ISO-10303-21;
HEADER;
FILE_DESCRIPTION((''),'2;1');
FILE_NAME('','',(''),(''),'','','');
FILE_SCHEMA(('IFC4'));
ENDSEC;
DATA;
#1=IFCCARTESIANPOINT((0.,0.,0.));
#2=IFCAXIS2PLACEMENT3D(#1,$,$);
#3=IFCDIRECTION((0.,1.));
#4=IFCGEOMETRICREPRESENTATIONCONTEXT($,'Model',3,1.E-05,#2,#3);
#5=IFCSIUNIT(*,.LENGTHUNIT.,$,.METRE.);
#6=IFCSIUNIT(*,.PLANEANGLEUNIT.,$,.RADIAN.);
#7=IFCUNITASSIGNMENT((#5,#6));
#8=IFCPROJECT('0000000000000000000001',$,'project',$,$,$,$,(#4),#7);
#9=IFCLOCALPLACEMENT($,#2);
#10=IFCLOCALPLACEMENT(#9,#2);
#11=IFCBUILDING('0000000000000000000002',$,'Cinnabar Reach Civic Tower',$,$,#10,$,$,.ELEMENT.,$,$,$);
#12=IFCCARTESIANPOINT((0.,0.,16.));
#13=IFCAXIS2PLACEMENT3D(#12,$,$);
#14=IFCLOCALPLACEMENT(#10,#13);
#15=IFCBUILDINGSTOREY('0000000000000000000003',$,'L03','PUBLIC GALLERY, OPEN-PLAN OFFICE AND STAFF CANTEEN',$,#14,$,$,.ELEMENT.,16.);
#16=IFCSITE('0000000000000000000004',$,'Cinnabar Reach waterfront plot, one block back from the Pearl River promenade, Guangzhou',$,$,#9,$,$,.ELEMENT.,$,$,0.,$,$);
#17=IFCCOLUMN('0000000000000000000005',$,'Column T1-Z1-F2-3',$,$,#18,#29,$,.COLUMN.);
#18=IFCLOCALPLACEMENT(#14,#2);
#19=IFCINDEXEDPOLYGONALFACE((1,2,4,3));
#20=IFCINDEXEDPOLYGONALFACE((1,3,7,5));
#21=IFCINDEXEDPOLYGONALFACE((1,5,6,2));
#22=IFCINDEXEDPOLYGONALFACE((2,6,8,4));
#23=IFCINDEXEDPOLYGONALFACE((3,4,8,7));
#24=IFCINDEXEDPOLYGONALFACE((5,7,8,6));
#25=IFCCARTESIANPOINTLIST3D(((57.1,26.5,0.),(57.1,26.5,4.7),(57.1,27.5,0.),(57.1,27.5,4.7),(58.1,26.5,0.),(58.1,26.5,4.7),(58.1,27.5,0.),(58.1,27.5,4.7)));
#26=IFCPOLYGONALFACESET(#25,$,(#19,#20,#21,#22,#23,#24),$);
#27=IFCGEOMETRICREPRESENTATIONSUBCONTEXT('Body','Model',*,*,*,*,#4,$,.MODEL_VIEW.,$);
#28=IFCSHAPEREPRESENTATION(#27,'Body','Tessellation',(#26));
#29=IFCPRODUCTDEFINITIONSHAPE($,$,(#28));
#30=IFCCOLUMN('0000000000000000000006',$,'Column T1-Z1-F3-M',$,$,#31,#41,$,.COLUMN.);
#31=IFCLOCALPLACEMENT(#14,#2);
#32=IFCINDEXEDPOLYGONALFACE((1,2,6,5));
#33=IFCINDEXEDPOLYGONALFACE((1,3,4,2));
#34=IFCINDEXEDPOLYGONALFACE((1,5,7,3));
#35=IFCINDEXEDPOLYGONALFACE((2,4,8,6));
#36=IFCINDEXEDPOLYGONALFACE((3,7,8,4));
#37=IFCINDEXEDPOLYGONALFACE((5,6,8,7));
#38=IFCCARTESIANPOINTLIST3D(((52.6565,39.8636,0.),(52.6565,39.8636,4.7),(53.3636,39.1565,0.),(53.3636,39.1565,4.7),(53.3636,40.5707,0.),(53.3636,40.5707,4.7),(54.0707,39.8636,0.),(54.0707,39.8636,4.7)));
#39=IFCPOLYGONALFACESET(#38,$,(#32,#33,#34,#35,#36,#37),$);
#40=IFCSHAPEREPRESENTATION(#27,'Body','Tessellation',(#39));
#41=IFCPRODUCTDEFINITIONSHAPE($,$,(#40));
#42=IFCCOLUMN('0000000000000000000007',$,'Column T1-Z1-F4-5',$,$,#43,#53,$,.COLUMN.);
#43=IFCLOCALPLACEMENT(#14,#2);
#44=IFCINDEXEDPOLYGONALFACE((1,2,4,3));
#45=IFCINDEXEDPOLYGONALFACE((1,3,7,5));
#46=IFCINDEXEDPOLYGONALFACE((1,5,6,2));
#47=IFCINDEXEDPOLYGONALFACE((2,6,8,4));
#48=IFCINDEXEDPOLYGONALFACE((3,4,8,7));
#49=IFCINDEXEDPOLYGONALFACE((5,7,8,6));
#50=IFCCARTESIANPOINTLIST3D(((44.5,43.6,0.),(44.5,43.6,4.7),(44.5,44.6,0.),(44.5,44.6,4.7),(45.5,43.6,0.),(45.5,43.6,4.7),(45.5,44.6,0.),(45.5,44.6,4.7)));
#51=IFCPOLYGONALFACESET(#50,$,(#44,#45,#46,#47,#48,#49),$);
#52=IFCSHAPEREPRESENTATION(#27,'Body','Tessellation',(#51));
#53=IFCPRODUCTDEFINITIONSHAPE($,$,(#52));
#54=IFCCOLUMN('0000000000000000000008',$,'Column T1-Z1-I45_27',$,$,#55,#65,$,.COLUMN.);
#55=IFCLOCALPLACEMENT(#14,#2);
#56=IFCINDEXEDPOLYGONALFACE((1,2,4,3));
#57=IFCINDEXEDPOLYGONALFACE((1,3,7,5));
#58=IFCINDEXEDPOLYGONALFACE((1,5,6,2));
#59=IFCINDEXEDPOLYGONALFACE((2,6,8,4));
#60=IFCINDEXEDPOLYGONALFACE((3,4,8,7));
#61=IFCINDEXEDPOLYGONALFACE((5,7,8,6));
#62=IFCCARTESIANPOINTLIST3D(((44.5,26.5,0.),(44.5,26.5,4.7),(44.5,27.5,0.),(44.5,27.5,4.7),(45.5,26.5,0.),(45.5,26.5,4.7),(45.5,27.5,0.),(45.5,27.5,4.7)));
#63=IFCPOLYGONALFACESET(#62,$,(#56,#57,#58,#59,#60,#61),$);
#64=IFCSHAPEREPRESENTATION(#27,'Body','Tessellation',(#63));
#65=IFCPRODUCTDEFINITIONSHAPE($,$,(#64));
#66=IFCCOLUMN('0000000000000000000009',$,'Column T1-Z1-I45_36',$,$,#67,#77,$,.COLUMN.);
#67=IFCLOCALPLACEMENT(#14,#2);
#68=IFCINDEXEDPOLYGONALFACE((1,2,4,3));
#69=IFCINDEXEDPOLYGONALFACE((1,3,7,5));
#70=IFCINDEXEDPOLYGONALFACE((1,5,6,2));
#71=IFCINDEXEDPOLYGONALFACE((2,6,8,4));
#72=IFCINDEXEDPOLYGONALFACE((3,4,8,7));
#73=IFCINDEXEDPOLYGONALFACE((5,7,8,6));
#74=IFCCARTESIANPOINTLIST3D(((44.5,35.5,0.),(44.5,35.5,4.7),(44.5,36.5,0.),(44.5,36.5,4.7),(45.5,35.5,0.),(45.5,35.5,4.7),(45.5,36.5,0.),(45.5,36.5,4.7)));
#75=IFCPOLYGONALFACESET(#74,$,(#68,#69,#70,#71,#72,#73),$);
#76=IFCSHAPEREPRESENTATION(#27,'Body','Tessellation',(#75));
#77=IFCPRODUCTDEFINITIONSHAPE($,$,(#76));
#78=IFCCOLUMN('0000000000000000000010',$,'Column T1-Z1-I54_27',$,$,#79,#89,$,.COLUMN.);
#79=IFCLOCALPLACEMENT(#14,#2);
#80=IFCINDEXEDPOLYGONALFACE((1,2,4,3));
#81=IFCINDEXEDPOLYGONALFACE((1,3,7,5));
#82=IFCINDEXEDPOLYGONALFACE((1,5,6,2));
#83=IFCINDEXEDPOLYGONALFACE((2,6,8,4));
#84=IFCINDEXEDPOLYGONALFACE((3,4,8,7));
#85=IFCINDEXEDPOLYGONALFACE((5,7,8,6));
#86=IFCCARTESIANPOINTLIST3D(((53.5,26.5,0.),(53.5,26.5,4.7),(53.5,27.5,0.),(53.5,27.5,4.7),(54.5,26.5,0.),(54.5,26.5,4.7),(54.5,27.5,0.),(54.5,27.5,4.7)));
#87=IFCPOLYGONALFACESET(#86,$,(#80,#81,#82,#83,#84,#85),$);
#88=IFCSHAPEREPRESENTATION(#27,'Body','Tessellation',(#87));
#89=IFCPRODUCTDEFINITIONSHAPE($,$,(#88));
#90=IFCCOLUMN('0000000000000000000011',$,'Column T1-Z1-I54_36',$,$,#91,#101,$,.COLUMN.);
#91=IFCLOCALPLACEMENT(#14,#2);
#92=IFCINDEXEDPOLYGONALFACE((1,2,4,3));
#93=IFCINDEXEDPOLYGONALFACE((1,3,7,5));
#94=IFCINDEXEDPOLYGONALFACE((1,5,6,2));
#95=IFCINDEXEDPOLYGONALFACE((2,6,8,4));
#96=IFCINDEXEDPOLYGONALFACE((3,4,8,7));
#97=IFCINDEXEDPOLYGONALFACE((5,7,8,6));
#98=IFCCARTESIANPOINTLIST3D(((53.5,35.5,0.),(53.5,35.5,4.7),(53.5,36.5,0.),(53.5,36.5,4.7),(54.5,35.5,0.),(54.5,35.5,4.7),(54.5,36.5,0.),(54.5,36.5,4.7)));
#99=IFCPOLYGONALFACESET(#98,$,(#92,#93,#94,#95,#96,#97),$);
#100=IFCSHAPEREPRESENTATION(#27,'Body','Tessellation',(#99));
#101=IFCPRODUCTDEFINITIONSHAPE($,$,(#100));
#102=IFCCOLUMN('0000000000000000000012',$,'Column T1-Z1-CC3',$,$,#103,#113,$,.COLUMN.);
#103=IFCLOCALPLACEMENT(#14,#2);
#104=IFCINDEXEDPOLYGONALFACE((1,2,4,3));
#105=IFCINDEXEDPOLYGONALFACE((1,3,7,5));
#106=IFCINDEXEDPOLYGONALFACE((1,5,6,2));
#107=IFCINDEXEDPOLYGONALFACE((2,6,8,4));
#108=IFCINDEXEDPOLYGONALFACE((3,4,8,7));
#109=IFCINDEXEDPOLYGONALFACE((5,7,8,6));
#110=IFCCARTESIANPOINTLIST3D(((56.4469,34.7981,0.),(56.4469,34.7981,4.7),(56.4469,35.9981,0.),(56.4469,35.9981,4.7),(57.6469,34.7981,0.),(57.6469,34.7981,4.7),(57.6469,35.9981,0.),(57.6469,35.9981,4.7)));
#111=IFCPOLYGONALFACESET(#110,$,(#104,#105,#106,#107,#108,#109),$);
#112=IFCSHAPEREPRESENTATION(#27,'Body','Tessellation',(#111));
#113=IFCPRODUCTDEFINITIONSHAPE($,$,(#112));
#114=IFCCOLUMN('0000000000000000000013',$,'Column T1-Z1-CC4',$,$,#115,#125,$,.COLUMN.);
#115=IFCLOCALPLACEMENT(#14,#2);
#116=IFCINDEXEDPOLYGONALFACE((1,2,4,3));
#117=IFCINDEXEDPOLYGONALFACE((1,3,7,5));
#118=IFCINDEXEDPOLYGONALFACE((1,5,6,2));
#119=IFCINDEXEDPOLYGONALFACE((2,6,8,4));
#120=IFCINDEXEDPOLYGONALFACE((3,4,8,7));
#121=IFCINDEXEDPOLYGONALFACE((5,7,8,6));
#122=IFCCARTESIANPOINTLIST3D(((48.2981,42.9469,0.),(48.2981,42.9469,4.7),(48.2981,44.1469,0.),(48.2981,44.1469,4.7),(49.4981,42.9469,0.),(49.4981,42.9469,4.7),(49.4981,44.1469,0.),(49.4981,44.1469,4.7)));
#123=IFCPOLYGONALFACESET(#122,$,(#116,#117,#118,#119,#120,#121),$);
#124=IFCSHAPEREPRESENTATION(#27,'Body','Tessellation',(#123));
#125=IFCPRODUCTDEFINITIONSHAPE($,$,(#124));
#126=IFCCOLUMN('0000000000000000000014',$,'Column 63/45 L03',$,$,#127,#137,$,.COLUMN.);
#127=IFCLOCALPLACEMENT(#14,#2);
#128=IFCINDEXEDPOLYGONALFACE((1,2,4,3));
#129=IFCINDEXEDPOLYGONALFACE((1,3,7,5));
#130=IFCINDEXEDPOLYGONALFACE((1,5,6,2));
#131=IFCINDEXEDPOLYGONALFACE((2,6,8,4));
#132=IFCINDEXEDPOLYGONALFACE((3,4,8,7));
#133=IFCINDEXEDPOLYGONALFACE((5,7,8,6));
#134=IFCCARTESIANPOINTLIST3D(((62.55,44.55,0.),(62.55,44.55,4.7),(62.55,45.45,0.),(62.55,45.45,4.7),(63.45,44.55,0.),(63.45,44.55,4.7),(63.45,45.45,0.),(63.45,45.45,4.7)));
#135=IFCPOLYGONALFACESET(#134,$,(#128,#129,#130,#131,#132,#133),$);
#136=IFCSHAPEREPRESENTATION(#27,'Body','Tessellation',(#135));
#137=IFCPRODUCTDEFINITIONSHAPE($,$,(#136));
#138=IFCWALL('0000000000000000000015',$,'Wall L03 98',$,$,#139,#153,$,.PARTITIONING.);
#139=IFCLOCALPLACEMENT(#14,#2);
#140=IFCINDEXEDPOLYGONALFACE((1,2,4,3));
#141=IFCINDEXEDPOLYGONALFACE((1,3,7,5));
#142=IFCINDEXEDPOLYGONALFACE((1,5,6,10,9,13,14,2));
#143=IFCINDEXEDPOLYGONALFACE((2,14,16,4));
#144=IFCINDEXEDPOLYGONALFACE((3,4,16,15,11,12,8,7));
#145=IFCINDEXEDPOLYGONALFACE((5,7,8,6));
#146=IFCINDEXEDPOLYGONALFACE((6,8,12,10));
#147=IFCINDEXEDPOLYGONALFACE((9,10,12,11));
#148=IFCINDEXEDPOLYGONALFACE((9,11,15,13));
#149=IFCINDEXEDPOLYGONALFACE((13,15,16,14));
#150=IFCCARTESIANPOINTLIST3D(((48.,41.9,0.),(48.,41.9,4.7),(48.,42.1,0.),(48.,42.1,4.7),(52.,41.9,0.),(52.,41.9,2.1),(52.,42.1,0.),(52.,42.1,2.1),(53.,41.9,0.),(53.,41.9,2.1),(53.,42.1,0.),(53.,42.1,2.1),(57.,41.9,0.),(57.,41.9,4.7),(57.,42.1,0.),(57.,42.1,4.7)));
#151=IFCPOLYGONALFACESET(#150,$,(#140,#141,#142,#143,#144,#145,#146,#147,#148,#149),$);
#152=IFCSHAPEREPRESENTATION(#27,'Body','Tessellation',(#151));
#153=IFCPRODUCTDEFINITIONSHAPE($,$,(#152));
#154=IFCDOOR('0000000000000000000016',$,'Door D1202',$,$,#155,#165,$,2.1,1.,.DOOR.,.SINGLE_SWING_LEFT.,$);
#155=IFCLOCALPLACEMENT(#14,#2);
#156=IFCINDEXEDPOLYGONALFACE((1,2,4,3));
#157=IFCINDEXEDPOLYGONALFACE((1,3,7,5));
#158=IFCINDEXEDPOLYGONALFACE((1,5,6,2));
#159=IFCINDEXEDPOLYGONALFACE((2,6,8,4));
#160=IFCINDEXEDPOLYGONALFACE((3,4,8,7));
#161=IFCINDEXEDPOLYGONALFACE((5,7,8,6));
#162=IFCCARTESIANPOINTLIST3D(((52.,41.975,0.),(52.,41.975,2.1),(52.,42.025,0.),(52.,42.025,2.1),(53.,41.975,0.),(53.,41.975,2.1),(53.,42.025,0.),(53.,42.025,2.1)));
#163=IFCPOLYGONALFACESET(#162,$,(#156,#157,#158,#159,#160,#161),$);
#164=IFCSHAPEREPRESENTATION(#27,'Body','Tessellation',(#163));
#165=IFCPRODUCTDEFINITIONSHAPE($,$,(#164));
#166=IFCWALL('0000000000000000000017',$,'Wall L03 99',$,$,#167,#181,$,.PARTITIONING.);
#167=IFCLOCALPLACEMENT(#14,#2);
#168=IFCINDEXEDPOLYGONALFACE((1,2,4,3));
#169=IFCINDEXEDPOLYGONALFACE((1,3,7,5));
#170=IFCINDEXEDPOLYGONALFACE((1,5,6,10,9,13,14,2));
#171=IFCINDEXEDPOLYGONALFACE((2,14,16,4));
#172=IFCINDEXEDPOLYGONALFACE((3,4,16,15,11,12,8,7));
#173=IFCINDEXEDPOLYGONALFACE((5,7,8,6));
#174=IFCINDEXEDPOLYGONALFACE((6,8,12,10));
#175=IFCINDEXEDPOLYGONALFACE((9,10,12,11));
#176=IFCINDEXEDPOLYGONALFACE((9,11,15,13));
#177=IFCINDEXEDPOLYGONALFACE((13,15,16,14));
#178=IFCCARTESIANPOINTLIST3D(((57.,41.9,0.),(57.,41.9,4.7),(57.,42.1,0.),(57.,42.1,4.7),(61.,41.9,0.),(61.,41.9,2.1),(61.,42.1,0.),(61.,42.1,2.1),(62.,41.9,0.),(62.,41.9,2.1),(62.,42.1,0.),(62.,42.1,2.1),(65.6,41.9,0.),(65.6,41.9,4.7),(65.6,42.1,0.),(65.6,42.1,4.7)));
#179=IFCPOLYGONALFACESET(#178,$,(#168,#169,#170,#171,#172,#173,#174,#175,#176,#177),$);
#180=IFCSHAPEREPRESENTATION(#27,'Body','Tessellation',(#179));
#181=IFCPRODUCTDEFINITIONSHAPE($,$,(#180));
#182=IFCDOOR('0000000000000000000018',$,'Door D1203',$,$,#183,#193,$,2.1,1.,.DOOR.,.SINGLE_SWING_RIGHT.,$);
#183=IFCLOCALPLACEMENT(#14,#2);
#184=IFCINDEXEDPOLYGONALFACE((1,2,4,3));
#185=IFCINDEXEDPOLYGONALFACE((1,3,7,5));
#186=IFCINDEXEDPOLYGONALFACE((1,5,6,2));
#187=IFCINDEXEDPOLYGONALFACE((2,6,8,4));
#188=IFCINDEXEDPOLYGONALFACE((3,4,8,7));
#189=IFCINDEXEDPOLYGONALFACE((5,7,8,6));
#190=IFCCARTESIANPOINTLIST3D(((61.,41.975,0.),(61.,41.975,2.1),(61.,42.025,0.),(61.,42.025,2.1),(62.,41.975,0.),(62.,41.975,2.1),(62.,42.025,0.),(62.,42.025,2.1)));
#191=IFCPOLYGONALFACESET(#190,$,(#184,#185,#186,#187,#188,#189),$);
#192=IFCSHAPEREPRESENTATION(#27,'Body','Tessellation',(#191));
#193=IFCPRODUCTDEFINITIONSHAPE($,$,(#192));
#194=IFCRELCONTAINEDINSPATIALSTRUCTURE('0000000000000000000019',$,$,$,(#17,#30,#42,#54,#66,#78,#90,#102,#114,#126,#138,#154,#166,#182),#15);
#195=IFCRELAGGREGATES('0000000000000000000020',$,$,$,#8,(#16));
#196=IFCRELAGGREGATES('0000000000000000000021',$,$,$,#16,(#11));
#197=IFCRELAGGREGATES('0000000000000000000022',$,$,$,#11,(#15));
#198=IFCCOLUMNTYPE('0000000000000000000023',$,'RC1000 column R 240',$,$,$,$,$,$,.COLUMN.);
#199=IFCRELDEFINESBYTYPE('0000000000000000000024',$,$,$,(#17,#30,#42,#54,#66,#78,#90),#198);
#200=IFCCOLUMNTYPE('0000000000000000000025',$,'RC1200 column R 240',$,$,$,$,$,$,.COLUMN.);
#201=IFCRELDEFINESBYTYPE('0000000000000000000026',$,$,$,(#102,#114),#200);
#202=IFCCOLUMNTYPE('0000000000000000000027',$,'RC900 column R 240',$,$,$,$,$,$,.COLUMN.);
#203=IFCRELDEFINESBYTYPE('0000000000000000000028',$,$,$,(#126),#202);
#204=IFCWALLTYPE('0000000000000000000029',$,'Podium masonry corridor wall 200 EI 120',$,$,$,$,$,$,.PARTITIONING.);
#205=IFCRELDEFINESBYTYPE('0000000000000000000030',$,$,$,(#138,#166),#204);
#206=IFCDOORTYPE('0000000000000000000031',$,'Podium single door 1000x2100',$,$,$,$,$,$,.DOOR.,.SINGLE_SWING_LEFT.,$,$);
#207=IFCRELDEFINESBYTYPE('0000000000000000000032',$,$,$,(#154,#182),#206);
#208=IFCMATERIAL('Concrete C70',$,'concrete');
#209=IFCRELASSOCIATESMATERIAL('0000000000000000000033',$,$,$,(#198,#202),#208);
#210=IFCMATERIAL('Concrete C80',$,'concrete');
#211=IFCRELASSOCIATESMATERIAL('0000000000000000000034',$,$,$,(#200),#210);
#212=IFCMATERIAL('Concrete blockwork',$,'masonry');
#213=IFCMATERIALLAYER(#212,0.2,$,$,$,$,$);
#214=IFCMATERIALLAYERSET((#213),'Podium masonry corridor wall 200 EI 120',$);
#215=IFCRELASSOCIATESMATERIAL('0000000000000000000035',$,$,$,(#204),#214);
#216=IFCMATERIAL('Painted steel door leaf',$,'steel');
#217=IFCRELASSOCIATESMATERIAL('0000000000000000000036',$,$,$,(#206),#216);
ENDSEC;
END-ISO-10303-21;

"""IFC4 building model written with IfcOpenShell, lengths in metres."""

from ifc_helpers import new_model, si_unit, direction, frame, frame_2d, origin, origin_2d, place, context, subcontext, project, spatial, rectangle, extrude, material, layer, layer_set, material_profile, profile_set, type_object, element, fill, save


model = new_model("IFC4")

# Units and contexts
model_context = context("Model", 3, precision=1e-05, world=origin(), true_north=direction((0.0, 1.0)))
body_context = subcontext(model_context, "Body", "Model", "MODEL_VIEW")
ifc_project = project(units=[si_unit("LENGTHUNIT", "METRE"), si_unit("PLANEANGLEUNIT", "RADIAN")], contexts=[model_context])

# Site, building, storey
site_placement = place(None, origin())
site = spatial("IfcSite", under=ifc_project, at=site_placement, Name="Cinnabar Reach waterfront plot, one block back from the Pearl River promenade, Guangzhou", CompositionType="ELEMENT", RefElevation=0.0)
building_placement = place(site_placement, origin())
building = spatial("IfcBuilding", under=site, at=building_placement, Name="Cinnabar Reach Civic Tower", CompositionType="ELEMENT")
storey_placement = place(building_placement, frame((0.0, 0.0, 16.0)))
storey = spatial("IfcBuildingStorey", under=building, at=storey_placement, Name="L03", Description="PUBLIC GALLERY, OPEN-PLAN OFFICE AND STAFF CANTEEN", CompositionType="ELEMENT", Elevation=16.0)

# Columns
ifc_material_1 = material(Name="Concrete C70", Category="concrete")
ifc_material_profile_1 = material_profile(ifc_material_1, rectangle(XDim=1.0, YDim=1.0, at=origin_2d()), Name="RC1000")
ifc_profile_set_1 = profile_set([ifc_material_profile_1], Name="Concrete C70")
column_type_1 = type_object("IfcColumnType", Name="RC1000 column R 240", PredefinedType="COLUMN", material=ifc_profile_set_1)
for number, where, z_axis, x_axis, name in (
    (1, (57.6, 27.0, 0.0), (0.0, 0.0, 1.0), (1.0, 0.0, 0.0), "Column T1-Z1-F2-3"),
    (2, (53.3636, 39.8636, 0.0), (0.0, 0.0, 1.0), (0.707107, 0.707107, 0.0), "Column T1-Z1-F3-M"),
    (3, (45.0, 44.1, 0.0), (0.0, 0.0, 1.0), (1.0, 0.0, 0.0), "Column T1-Z1-F4-5"),
    (4, (45.0, 27.0, 0.0), (0.0, 0.0, 1.0), (1.0, 0.0, 0.0), "Column T1-Z1-I45_27"),
    (5, (45.0, 36.0, 0.0), (0.0, 0.0, 1.0), (1.0, 0.0, 0.0), "Column T1-Z1-I45_36"),
    (6, (54.0, 27.0, 0.0), (0.0, 0.0, 1.0), (1.0, 0.0, 0.0), "Column T1-Z1-I54_27"),
    (7, (54.0, 36.0, 0.0), (0.0, 0.0, 1.0), (1.0, 0.0, 0.0), "Column T1-Z1-I54_36"),
):
    element("IfcColumn", number, at=place(storey_placement, frame(where, z_axis=z_axis, x_axis=x_axis)), inside=storey, type_object=column_type_1, Name=name, PredefinedType="COLUMN", context=body_context, shape_type="SweptSolid", body=[
        extrude(rectangle(XDim=1.0, YDim=1.0, at=origin_2d()), origin(), (0.0, 0.0, 1.0), 4.7),
    ])
ifc_material_2 = material(Name="Concrete C80", Category="concrete")
ifc_material_profile_2 = material_profile(ifc_material_2, rectangle(XDim=1.2, YDim=1.2, at=origin_2d()), Name="RC1200")
ifc_profile_set_2 = profile_set([ifc_material_profile_2], Name="Concrete C80")
column_type_2 = type_object("IfcColumnType", Name="RC1200 column R 240", PredefinedType="COLUMN", material=ifc_profile_set_2)
for number, where, z_axis, x_axis, name in (
    (8, (57.0469, 35.3981, 0.0), (0.0, 0.0, 1.0), (1.0, 0.0, 0.0), "Column T1-Z1-CC3"),
    (9, (48.8981, 43.5469, 0.0), (0.0, 0.0, 1.0), (1.0, 0.0, 0.0), "Column T1-Z1-CC4"),
):
    element("IfcColumn", number, at=place(storey_placement, frame(where, z_axis=z_axis, x_axis=x_axis)), inside=storey, type_object=column_type_2, Name=name, PredefinedType="COLUMN", context=body_context, shape_type="SweptSolid", body=[
        extrude(rectangle(XDim=1.2, YDim=1.2, at=origin_2d()), origin(), (0.0, 0.0, 1.0), 4.7),
    ])
ifc_material_profile_3 = material_profile(ifc_material_1, rectangle(XDim=0.9, YDim=0.9, at=origin_2d()), Name="RC900")
ifc_profile_set_3 = profile_set([ifc_material_profile_3], Name="Concrete C70")
column_type_3 = type_object("IfcColumnType", Name="RC900 column R 240", PredefinedType="COLUMN", material=ifc_profile_set_3)
column_placement = place(storey_placement, frame((63.0, 45.0, 0.0), z_axis=(0.0, 0.0, 1.0), x_axis=(1.0, 0.0, 0.0)))
element("IfcColumn", 10, at=column_placement, inside=storey, type_object=column_type_3, Name="Column 63/45 L03", PredefinedType="COLUMN", context=body_context, shape_type="SweptSolid", body=[
    extrude(rectangle(XDim=0.9, YDim=0.9, at=origin_2d()), origin(), (0.0, 0.0, 1.0), 4.7),
])

# Walls, openings, doors
ifc_material_3 = material(Name="Concrete blockwork", Category="masonry")
ifc_layer_1 = layer(ifc_material_3, 0.2)
ifc_layer_set_1 = layer_set([ifc_layer_1], Name="Podium masonry corridor wall 200 EI 120")
wall_type_1 = type_object("IfcWallType", Name="Podium masonry corridor wall 200 EI 120", PredefinedType="PARTITIONING", material=ifc_layer_set_1)
wall_1_placement = place(storey_placement, frame((48.0, 42.0, 0.0), z_axis=(0.0, 0.0, 1.0), x_axis=(1.0, 0.0, 0.0)))
wall_1 = element("IfcWall", 11, at=wall_1_placement, inside=storey, type_object=wall_type_1, Name="Wall L03 98", PredefinedType="PARTITIONING", context=body_context, shape_type="SweptSolid", body=[
    extrude(rectangle(XDim=9.0, YDim=0.2, at=frame_2d((4.5, 0.0))), origin(), (0.0, 0.0, 1.0), 4.7),
])
opening_1_placement = place(wall_1_placement, frame((4.0, 0.0, 0.0)))
opening_1 = element("IfcOpeningElement", 12, at=opening_1_placement, cuts=wall_1, PredefinedType="OPENING", context=body_context, shape_type="SweptSolid", body=[
    extrude(rectangle(XDim=1.0, YDim=2.1, at=frame_2d((0.5, 1.05))), frame((0.0, 0.11, 0.0), z_axis=(0.0, -1.0, 0.0), x_axis=(1.0, 0.0, 0.0)), (0.0, 0.0, 1.0), 0.22),
])
ifc_material_4 = material(Name="Painted steel door leaf", Category="steel")
door_type_1 = type_object("IfcDoorType", Name="Podium single door 1000x2100", OperationType="SINGLE_SWING_LEFT", PredefinedType="DOOR", material=ifc_material_4)
door_1_placement = place(opening_1_placement, frame((1.0, 0.0, 0.0), z_axis=(0.0, 0.0, 1.0), x_axis=(-1.0, 0.0, 0.0)))
door_1 = element("IfcDoor", 13, at=door_1_placement, inside=storey, type_object=door_type_1, Name="Door D1202", OperationType="SINGLE_SWING_LEFT", OverallHeight=2.1, OverallWidth=1.0, PredefinedType="DOOR", context=body_context, shape_type="SweptSolid", body=[
    extrude(rectangle(XDim=1.0, YDim=2.1, at=frame_2d((0.5, 1.05))), frame((0.0, 0.025, 0.0), z_axis=(0.0, -1.0, 0.0), x_axis=(1.0, 0.0, 0.0)), (0.0, 0.0, 1.0), 0.05),
])
fill(opening_1, door_1)
wall_2_placement = place(storey_placement, frame((57.0, 42.0, 0.0), z_axis=(0.0, 0.0, 1.0), x_axis=(1.0, 0.0, 0.0)))
wall_2 = element("IfcWall", 14, at=wall_2_placement, inside=storey, type_object=wall_type_1, Name="Wall L03 99", PredefinedType="PARTITIONING", context=body_context, shape_type="SweptSolid", body=[
    extrude(rectangle(XDim=8.6, YDim=0.2, at=frame_2d((4.3, 0.0))), origin(), (0.0, 0.0, 1.0), 4.7),
])
opening_2_placement = place(wall_2_placement, frame((4.0, 0.0, 0.0)))
opening_2 = element("IfcOpeningElement", 15, at=opening_2_placement, cuts=wall_2, PredefinedType="OPENING", context=body_context, shape_type="SweptSolid", body=[
    extrude(rectangle(XDim=1.0, YDim=2.1, at=frame_2d((0.5, 1.05))), frame((0.0, 0.11, 0.0), z_axis=(0.0, -1.0, 0.0), x_axis=(1.0, 0.0, 0.0)), (0.0, 0.0, 1.0), 0.22),
])
door_2_placement = place(opening_2_placement, frame((1.0, 0.0, 0.0), z_axis=(0.0, 0.0, 1.0), x_axis=(-1.0, 0.0, 0.0)))
door_2 = element("IfcDoor", 16, at=door_2_placement, inside=storey, type_object=door_type_1, Name="Door D1203", OperationType="SINGLE_SWING_RIGHT", OverallHeight=2.1, OverallWidth=1.0, PredefinedType="DOOR", context=body_context, shape_type="SweptSolid", body=[
    extrude(rectangle(XDim=1.0, YDim=2.1, at=frame_2d((0.5, 1.05))), frame((0.0, 0.025, 0.0), z_axis=(0.0, -1.0, 0.0), x_axis=(1.0, 0.0, 0.0)), (0.0, 0.0, 1.0), 0.05),
])
fill(opening_2, door_2)

save(model, "model.ifc")
